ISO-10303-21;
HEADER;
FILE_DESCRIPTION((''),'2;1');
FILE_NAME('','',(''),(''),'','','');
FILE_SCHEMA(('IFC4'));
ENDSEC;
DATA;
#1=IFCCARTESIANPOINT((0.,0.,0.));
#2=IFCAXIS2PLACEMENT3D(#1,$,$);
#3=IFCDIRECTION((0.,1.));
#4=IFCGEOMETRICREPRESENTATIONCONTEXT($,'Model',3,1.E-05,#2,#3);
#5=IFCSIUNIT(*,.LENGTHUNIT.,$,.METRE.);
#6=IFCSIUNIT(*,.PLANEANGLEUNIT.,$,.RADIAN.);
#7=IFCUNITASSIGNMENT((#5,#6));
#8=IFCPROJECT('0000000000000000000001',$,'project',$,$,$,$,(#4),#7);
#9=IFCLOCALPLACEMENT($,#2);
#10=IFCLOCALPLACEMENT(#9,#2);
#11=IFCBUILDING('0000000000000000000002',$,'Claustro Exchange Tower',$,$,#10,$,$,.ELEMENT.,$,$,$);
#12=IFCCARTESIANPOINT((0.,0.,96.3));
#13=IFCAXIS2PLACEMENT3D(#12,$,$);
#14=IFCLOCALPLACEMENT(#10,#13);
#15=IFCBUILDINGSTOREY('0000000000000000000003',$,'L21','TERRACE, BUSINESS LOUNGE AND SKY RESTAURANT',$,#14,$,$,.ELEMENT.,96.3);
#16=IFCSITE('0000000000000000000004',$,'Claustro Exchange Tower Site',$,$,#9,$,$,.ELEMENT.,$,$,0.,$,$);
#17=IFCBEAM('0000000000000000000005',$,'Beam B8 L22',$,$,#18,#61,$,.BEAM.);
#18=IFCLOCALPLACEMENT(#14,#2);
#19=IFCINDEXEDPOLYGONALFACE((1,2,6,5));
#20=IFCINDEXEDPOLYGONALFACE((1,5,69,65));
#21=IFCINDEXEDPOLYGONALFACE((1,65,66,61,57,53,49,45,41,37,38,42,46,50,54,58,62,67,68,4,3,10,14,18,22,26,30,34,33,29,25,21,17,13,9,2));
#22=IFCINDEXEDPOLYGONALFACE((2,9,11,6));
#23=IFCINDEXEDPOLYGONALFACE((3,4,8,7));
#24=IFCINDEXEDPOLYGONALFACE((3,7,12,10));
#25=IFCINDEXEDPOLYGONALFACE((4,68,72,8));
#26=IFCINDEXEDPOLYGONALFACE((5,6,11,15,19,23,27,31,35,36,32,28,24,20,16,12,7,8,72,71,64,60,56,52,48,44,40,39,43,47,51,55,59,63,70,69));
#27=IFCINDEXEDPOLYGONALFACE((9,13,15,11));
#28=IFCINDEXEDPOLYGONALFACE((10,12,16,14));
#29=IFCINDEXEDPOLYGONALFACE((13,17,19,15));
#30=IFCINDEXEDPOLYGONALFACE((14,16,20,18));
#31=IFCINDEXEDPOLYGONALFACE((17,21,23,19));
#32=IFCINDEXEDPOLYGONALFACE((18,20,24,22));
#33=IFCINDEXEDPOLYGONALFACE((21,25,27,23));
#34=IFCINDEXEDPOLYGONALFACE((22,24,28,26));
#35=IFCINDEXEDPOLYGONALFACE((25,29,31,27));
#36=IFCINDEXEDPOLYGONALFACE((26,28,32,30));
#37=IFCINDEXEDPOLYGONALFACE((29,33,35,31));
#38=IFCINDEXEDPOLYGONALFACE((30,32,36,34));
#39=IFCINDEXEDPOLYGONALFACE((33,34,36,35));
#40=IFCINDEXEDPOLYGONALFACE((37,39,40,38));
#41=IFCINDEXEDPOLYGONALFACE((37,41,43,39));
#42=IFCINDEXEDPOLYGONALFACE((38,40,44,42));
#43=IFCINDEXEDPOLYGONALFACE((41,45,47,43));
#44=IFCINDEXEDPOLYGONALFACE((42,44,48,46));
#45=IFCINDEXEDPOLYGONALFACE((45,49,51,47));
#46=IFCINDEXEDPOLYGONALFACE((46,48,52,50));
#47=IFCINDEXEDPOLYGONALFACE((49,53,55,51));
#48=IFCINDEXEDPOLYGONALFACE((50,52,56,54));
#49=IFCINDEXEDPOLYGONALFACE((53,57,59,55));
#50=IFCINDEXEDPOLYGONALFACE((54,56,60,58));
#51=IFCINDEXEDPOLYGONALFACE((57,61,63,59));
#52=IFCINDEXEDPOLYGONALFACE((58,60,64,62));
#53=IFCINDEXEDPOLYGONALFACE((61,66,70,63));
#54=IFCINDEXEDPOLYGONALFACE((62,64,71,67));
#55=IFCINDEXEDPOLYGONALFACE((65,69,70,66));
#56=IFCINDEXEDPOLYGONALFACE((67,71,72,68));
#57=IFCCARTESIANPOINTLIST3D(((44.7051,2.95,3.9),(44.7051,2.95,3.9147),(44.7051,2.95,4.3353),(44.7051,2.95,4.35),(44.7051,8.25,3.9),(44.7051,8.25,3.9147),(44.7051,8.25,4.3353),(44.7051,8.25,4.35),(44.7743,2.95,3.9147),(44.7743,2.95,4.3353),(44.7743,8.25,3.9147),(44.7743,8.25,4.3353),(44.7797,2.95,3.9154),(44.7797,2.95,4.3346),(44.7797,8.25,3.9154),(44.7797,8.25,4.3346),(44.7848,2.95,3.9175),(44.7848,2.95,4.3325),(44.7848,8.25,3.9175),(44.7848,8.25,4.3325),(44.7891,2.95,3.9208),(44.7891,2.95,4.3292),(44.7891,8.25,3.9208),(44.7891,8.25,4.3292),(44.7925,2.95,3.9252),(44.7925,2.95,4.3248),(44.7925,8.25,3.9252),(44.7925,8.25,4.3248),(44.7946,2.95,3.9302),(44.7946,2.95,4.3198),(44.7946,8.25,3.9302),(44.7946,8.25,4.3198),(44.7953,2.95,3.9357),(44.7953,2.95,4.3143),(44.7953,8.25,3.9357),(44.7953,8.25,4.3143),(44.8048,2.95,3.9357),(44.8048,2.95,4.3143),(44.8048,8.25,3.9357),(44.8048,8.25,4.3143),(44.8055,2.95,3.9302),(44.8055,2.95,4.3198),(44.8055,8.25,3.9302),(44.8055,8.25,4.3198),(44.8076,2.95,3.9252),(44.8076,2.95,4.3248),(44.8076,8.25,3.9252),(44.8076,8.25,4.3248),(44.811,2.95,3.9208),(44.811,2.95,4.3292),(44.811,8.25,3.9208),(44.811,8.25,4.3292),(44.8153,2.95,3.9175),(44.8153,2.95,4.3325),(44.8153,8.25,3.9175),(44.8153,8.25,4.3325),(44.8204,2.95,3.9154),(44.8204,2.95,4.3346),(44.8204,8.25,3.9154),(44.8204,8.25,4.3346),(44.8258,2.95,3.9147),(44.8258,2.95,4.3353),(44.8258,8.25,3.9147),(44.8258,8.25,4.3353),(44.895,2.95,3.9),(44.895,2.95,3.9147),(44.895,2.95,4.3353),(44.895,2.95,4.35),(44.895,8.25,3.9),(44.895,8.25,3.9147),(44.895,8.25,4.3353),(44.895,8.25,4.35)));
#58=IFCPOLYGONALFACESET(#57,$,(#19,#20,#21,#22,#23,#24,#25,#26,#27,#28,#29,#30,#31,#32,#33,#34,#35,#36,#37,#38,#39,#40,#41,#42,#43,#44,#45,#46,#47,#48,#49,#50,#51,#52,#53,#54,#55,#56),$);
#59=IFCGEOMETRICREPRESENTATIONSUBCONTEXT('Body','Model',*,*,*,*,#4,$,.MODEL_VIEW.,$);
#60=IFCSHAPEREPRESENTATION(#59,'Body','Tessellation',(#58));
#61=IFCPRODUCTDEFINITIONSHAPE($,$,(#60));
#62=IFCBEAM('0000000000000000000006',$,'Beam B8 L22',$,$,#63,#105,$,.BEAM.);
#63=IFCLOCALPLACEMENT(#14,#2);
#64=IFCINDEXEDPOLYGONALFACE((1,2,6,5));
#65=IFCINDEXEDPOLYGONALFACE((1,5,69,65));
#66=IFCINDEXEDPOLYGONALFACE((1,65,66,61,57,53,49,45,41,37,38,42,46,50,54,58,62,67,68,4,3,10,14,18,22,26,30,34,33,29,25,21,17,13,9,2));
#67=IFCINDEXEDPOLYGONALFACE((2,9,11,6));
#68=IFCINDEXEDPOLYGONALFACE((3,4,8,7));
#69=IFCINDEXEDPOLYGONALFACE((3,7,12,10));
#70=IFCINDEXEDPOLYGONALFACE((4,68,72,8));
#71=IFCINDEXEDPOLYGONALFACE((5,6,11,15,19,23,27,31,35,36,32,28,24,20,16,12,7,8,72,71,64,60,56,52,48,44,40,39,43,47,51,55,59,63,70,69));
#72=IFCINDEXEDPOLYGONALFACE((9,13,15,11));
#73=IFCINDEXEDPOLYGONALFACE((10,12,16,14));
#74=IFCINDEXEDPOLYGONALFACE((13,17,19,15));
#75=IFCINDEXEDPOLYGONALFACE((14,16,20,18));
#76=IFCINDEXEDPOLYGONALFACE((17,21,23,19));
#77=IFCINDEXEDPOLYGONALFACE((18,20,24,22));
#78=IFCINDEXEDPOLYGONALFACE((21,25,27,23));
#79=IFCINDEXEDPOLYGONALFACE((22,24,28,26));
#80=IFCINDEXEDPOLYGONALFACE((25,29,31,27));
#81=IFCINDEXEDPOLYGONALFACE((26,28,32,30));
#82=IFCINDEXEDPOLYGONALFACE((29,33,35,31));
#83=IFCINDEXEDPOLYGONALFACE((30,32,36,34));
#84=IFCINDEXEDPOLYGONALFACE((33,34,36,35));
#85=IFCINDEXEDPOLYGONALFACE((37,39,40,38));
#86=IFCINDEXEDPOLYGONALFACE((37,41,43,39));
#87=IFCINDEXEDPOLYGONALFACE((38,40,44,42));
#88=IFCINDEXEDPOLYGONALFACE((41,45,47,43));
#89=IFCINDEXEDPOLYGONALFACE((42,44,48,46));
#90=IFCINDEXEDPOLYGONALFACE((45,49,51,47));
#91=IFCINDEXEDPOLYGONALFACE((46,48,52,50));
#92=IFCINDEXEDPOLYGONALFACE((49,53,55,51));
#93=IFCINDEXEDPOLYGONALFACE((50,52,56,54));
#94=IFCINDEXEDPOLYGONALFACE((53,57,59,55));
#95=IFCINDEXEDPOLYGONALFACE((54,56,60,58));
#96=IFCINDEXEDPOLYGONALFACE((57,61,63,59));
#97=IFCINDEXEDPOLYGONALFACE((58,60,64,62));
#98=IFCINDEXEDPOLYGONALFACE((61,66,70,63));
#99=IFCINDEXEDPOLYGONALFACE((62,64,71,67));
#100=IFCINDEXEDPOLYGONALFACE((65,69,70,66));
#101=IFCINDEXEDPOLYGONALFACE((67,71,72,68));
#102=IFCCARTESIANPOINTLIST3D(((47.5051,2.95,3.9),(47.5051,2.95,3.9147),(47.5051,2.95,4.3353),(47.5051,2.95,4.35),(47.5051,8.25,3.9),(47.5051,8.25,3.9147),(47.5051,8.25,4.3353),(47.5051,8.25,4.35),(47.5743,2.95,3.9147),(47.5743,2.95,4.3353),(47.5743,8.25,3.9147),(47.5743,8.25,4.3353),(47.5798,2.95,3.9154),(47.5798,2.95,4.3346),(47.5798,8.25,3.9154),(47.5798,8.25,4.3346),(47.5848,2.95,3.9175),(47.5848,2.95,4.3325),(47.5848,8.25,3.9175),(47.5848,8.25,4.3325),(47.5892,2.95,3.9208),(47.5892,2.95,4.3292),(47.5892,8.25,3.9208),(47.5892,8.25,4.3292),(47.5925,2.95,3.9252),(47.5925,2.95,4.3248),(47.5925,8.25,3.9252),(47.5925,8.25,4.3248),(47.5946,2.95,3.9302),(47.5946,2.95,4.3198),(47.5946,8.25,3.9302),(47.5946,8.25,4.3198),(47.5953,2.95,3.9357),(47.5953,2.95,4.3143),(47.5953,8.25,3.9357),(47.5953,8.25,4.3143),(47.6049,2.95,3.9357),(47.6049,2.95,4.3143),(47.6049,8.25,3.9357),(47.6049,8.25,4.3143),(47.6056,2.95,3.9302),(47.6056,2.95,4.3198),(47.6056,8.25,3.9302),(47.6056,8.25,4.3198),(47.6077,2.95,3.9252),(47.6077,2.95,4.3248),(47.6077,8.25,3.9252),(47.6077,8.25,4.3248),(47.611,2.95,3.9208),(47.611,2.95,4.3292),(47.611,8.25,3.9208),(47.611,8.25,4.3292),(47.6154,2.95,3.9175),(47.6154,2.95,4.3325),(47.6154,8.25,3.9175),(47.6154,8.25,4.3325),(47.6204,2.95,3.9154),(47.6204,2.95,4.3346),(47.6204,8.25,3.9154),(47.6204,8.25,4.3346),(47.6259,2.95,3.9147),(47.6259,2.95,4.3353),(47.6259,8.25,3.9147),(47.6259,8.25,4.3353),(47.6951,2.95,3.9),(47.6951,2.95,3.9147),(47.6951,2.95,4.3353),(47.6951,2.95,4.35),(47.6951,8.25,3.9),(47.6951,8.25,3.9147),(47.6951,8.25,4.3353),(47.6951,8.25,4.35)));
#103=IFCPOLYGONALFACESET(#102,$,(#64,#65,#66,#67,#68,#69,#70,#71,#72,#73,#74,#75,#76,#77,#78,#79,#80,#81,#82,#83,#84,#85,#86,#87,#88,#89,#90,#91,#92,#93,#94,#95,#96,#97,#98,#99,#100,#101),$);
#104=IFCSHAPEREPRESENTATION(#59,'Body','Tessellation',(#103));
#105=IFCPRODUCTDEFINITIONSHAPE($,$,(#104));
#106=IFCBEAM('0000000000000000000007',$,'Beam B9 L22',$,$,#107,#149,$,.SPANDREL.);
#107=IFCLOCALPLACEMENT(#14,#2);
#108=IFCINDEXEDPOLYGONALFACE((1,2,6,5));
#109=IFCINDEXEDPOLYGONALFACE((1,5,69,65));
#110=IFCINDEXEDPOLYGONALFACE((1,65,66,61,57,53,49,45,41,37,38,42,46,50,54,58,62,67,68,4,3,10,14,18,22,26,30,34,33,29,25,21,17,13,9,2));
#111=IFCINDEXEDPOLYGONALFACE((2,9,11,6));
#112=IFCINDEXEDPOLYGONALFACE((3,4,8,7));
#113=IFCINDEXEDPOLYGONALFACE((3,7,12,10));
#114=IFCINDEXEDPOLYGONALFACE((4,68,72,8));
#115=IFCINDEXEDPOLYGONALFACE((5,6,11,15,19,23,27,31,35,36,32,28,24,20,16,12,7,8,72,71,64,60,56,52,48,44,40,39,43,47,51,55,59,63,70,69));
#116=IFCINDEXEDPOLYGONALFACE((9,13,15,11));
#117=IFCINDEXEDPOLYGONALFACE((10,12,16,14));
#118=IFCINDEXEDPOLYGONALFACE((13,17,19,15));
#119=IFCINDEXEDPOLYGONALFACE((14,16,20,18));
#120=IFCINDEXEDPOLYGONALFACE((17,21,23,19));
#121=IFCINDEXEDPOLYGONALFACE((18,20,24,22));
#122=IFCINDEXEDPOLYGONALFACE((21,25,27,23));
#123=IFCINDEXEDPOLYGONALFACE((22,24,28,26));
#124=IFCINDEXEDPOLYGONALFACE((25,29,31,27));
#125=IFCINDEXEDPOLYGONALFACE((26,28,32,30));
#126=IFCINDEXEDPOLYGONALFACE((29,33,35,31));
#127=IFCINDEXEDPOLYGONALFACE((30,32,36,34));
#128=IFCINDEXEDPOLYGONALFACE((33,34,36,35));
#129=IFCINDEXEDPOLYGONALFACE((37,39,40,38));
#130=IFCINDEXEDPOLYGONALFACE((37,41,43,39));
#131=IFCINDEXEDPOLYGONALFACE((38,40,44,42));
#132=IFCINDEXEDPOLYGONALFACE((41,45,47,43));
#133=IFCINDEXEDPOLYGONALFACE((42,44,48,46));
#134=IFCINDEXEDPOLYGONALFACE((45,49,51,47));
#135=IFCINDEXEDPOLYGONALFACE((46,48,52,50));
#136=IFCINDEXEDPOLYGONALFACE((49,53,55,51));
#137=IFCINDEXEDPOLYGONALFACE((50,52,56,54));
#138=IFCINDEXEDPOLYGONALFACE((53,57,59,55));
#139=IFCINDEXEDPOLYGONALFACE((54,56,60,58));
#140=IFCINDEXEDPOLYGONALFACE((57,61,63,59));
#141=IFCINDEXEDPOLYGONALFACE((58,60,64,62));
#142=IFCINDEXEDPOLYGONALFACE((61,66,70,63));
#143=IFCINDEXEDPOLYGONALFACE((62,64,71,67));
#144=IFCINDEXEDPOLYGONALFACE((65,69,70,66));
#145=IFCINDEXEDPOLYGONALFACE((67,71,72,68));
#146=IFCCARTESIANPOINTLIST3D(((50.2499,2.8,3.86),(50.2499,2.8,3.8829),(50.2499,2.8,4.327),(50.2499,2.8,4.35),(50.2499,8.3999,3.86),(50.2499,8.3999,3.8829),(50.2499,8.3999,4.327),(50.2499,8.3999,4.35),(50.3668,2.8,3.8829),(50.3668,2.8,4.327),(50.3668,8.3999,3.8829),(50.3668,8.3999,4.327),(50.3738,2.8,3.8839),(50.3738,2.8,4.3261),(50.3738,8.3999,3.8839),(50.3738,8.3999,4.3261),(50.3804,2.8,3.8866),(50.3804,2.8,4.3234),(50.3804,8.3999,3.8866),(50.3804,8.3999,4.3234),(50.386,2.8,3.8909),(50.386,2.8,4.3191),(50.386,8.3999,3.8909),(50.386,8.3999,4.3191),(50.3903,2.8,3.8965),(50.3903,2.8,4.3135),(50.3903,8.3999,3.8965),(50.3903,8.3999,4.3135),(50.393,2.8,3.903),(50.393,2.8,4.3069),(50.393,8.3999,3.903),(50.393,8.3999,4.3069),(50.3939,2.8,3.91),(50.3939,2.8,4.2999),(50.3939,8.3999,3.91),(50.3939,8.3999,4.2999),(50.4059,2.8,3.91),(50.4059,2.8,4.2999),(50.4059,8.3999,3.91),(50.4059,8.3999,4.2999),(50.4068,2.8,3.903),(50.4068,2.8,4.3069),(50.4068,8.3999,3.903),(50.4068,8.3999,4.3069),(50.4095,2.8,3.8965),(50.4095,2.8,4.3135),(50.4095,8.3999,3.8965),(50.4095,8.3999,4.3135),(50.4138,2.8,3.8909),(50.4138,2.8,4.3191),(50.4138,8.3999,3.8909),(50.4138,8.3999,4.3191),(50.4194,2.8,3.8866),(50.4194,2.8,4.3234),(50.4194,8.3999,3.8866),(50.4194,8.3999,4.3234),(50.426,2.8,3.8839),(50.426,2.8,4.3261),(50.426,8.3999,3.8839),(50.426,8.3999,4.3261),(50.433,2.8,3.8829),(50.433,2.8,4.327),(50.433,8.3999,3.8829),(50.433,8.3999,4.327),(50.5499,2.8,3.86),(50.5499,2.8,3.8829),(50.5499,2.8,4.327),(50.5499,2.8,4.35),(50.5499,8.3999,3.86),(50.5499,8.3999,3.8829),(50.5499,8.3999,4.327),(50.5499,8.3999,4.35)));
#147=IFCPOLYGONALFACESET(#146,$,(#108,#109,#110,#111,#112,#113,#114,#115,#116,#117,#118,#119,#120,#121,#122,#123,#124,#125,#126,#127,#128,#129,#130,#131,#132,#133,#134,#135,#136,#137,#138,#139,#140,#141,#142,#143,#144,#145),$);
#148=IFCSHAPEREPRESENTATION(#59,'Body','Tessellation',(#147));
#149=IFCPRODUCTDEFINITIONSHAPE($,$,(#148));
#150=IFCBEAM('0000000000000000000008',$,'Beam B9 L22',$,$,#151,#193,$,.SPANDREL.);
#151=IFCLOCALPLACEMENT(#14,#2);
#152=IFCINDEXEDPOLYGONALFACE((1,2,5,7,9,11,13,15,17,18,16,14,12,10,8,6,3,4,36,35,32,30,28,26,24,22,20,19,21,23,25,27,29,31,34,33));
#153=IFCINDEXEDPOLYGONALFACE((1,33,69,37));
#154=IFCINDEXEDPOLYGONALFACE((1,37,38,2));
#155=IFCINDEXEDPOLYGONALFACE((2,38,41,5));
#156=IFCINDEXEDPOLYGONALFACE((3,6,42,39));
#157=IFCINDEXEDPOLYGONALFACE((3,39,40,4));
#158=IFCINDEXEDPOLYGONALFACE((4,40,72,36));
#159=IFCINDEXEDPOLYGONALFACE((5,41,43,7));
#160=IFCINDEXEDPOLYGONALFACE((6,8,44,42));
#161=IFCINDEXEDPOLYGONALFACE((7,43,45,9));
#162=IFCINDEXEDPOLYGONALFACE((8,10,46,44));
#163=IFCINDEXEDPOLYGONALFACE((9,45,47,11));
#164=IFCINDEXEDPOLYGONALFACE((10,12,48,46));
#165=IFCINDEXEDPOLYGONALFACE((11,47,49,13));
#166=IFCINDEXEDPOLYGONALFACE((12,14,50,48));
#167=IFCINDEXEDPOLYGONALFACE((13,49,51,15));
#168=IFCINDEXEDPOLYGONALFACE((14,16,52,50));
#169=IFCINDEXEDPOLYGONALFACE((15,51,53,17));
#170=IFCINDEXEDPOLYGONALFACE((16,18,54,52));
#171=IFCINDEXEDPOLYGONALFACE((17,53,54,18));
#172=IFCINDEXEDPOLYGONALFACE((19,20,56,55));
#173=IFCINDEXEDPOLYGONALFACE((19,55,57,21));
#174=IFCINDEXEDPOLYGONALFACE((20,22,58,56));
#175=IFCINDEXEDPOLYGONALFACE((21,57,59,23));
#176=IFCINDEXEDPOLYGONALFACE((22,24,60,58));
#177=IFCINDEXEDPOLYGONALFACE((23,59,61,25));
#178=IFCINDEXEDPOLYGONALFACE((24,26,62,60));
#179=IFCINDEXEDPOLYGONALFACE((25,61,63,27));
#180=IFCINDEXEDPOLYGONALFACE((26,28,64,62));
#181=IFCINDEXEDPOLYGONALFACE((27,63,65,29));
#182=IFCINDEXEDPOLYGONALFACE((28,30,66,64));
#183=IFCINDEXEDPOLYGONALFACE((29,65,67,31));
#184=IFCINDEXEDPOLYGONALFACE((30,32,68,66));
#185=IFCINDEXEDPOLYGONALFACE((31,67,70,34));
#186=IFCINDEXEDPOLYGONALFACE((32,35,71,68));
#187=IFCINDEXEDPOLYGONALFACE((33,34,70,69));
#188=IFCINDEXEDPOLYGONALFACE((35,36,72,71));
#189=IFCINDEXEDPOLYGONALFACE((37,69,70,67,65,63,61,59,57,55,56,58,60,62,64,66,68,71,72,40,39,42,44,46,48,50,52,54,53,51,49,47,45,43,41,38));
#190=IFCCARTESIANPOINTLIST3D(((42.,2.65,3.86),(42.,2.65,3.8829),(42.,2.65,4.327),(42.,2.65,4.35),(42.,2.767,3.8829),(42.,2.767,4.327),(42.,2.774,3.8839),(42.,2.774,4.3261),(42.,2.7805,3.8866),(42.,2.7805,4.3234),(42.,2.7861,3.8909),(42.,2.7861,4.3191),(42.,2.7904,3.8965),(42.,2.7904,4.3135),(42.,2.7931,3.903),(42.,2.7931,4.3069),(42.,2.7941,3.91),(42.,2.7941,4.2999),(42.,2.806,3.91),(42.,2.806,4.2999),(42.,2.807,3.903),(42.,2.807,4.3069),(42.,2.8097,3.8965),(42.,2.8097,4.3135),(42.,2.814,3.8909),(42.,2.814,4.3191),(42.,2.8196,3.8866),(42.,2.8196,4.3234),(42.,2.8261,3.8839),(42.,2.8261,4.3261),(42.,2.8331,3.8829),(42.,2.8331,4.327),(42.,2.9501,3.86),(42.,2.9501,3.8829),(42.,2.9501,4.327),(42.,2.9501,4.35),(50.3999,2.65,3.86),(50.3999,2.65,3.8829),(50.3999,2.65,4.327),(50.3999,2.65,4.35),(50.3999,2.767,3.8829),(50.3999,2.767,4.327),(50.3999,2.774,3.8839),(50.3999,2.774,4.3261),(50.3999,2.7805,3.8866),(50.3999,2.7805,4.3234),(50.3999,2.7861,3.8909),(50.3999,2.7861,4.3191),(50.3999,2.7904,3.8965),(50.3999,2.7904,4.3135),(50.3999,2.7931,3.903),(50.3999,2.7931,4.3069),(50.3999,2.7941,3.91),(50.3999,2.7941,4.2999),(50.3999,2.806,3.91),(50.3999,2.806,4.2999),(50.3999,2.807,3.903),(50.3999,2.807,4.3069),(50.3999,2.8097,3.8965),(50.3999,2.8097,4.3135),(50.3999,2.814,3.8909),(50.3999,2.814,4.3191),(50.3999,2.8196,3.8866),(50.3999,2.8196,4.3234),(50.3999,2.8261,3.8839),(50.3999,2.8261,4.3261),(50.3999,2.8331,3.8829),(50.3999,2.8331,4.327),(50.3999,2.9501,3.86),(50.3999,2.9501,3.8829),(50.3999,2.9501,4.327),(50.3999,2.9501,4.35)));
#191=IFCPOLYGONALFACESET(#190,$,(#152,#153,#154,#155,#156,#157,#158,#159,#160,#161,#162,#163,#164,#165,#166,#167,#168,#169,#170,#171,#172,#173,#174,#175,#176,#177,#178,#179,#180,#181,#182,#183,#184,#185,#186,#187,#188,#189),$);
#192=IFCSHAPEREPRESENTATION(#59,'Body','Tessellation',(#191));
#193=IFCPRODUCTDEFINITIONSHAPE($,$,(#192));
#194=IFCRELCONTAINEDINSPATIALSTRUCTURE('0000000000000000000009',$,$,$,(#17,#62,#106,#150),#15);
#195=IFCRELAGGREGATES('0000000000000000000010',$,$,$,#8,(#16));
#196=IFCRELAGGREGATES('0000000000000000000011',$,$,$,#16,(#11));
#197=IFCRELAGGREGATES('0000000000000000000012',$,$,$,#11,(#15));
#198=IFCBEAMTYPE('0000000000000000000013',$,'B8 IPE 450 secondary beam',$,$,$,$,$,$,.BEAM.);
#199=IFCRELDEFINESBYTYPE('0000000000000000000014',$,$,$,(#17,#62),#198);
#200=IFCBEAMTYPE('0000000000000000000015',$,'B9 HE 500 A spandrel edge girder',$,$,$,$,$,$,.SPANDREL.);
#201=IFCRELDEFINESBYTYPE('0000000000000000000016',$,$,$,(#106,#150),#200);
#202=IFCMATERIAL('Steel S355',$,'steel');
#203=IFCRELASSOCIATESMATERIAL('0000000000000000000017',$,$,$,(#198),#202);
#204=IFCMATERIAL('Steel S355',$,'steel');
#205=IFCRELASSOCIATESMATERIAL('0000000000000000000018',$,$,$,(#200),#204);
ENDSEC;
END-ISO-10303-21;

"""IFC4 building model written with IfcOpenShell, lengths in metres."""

from ifc_helpers import new_model, si_unit, direction, frame, origin, origin_2d, place, context, subcontext, project, spatial, i_section, extrude, material, material_profile, profile_set, type_object, element, save


model = new_model("IFC4")

# Units and contexts
model_context = context("Model", 3, precision=1e-05, world=origin(), true_north=direction((0.0, 1.0)))
body_context = subcontext(model_context, "Body", "Model", "MODEL_VIEW")
ifc_project = project(units=[si_unit("LENGTHUNIT", "METRE"), si_unit("PLANEANGLEUNIT", "RADIAN")], contexts=[model_context])

# Site, building, storey
site_placement = place(None, origin())
site = spatial("IfcSite", under=ifc_project, at=site_placement, Name="Claustro Exchange Tower Site", CompositionType="ELEMENT", RefElevation=0.0)
building_placement = place(site_placement, origin())
building = spatial("IfcBuilding", under=site, at=building_placement, Name="Claustro Exchange Tower", CompositionType="ELEMENT")
storey_placement = place(building_placement, frame((0.0, 0.0, 96.3)))
storey = spatial("IfcBuildingStorey", under=building, at=storey_placement, Name="L21", Description="TERRACE, BUSINESS LOUNGE AND SKY RESTAURANT", CompositionType="ELEMENT", Elevation=96.3)

# Beams
ifc_material_1 = material(Name="Steel S355", Category="steel")
ifc_material_profile_1 = material_profile(ifc_material_1, i_section(OverallWidth=0.1899, OverallDepth=0.45, WebThickness=0.0095, FlangeThickness=0.0146, FilletRadius=0.021, at=origin_2d()), Name="IPE 450")
ifc_profile_set_1 = profile_set([ifc_material_profile_1], Name="Steel S355")
beam_type_1 = type_object("IfcBeamType", Name="B8 IPE 450 secondary beam", PredefinedType="BEAM", material=ifc_profile_set_1)
for number, where, z_axis, x_axis, name in (
    (1, (44.8, 2.95, 4.125), (0.0, 1.0, 0.0), (-1.0, 0.0, 0.0), "Beam B8 L22"),
    (2, (47.6001, 2.95, 4.125), (0.0, 1.0, 0.0), (-1.0, 0.0, 0.0), "Beam B8 L22"),
):
    element("IfcBeam", number, at=place(storey_placement, frame(where, z_axis=z_axis, x_axis=x_axis)), inside=storey, type_object=beam_type_1, Name=name, PredefinedType="BEAM", context=body_context, shape_type="SweptSolid", body=[
        extrude(i_section(OverallWidth=0.1899, OverallDepth=0.45, WebThickness=0.0095, FlangeThickness=0.0146, FilletRadius=0.021, at=origin_2d()), origin(), (0.0, 0.0, 1.0), 5.3),
    ])
ifc_material_2 = material(Name="Steel S355", Category="steel")
ifc_material_profile_2 = material_profile(ifc_material_2, i_section(OverallWidth=0.3, OverallDepth=0.49, WebThickness=0.012, FlangeThickness=0.0229, FilletRadius=0.0271, at=origin_2d()), Name="HE 500 A")
ifc_profile_set_2 = profile_set([ifc_material_profile_2], Name="Steel S355")
beam_type_2 = type_object("IfcBeamType", Name="B9 HE 500 A spandrel edge girder", PredefinedType="SPANDREL", material=ifc_profile_set_2)
beam_1_placement = place(storey_placement, frame((50.3999, 2.8, 4.105), z_axis=(0.0, 1.0, 0.0), x_axis=(-1.0, 0.0, 0.0)))
element("IfcBeam", 3, at=beam_1_placement, inside=storey, type_object=beam_type_2, Name="Beam B9 L22", PredefinedType="SPANDREL", context=body_context, shape_type="SweptSolid", body=[
    extrude(i_section(OverallWidth=0.3, OverallDepth=0.49, WebThickness=0.012, FlangeThickness=0.0229, FilletRadius=0.0271, at=origin_2d()), origin(), (0.0, 0.0, 1.0), 5.5999),
])
beam_2_placement = place(storey_placement, frame((42.0, 2.8, 4.105), z_axis=(1.0, 0.0, 0.0), x_axis=(0.0, 1.0, 0.0)))
element("IfcBeam", 4, at=beam_2_placement, inside=storey, type_object=beam_type_2, Name="Beam B9 L22", PredefinedType="SPANDREL", context=body_context, shape_type="SweptSolid", body=[
    extrude(i_section(OverallWidth=0.3, OverallDepth=0.49, WebThickness=0.012, FlangeThickness=0.0229, FilletRadius=0.0271, at=origin_2d()), origin(), (0.0, 0.0, 1.0), 8.3999),
])

save(model, "model.ifc")
